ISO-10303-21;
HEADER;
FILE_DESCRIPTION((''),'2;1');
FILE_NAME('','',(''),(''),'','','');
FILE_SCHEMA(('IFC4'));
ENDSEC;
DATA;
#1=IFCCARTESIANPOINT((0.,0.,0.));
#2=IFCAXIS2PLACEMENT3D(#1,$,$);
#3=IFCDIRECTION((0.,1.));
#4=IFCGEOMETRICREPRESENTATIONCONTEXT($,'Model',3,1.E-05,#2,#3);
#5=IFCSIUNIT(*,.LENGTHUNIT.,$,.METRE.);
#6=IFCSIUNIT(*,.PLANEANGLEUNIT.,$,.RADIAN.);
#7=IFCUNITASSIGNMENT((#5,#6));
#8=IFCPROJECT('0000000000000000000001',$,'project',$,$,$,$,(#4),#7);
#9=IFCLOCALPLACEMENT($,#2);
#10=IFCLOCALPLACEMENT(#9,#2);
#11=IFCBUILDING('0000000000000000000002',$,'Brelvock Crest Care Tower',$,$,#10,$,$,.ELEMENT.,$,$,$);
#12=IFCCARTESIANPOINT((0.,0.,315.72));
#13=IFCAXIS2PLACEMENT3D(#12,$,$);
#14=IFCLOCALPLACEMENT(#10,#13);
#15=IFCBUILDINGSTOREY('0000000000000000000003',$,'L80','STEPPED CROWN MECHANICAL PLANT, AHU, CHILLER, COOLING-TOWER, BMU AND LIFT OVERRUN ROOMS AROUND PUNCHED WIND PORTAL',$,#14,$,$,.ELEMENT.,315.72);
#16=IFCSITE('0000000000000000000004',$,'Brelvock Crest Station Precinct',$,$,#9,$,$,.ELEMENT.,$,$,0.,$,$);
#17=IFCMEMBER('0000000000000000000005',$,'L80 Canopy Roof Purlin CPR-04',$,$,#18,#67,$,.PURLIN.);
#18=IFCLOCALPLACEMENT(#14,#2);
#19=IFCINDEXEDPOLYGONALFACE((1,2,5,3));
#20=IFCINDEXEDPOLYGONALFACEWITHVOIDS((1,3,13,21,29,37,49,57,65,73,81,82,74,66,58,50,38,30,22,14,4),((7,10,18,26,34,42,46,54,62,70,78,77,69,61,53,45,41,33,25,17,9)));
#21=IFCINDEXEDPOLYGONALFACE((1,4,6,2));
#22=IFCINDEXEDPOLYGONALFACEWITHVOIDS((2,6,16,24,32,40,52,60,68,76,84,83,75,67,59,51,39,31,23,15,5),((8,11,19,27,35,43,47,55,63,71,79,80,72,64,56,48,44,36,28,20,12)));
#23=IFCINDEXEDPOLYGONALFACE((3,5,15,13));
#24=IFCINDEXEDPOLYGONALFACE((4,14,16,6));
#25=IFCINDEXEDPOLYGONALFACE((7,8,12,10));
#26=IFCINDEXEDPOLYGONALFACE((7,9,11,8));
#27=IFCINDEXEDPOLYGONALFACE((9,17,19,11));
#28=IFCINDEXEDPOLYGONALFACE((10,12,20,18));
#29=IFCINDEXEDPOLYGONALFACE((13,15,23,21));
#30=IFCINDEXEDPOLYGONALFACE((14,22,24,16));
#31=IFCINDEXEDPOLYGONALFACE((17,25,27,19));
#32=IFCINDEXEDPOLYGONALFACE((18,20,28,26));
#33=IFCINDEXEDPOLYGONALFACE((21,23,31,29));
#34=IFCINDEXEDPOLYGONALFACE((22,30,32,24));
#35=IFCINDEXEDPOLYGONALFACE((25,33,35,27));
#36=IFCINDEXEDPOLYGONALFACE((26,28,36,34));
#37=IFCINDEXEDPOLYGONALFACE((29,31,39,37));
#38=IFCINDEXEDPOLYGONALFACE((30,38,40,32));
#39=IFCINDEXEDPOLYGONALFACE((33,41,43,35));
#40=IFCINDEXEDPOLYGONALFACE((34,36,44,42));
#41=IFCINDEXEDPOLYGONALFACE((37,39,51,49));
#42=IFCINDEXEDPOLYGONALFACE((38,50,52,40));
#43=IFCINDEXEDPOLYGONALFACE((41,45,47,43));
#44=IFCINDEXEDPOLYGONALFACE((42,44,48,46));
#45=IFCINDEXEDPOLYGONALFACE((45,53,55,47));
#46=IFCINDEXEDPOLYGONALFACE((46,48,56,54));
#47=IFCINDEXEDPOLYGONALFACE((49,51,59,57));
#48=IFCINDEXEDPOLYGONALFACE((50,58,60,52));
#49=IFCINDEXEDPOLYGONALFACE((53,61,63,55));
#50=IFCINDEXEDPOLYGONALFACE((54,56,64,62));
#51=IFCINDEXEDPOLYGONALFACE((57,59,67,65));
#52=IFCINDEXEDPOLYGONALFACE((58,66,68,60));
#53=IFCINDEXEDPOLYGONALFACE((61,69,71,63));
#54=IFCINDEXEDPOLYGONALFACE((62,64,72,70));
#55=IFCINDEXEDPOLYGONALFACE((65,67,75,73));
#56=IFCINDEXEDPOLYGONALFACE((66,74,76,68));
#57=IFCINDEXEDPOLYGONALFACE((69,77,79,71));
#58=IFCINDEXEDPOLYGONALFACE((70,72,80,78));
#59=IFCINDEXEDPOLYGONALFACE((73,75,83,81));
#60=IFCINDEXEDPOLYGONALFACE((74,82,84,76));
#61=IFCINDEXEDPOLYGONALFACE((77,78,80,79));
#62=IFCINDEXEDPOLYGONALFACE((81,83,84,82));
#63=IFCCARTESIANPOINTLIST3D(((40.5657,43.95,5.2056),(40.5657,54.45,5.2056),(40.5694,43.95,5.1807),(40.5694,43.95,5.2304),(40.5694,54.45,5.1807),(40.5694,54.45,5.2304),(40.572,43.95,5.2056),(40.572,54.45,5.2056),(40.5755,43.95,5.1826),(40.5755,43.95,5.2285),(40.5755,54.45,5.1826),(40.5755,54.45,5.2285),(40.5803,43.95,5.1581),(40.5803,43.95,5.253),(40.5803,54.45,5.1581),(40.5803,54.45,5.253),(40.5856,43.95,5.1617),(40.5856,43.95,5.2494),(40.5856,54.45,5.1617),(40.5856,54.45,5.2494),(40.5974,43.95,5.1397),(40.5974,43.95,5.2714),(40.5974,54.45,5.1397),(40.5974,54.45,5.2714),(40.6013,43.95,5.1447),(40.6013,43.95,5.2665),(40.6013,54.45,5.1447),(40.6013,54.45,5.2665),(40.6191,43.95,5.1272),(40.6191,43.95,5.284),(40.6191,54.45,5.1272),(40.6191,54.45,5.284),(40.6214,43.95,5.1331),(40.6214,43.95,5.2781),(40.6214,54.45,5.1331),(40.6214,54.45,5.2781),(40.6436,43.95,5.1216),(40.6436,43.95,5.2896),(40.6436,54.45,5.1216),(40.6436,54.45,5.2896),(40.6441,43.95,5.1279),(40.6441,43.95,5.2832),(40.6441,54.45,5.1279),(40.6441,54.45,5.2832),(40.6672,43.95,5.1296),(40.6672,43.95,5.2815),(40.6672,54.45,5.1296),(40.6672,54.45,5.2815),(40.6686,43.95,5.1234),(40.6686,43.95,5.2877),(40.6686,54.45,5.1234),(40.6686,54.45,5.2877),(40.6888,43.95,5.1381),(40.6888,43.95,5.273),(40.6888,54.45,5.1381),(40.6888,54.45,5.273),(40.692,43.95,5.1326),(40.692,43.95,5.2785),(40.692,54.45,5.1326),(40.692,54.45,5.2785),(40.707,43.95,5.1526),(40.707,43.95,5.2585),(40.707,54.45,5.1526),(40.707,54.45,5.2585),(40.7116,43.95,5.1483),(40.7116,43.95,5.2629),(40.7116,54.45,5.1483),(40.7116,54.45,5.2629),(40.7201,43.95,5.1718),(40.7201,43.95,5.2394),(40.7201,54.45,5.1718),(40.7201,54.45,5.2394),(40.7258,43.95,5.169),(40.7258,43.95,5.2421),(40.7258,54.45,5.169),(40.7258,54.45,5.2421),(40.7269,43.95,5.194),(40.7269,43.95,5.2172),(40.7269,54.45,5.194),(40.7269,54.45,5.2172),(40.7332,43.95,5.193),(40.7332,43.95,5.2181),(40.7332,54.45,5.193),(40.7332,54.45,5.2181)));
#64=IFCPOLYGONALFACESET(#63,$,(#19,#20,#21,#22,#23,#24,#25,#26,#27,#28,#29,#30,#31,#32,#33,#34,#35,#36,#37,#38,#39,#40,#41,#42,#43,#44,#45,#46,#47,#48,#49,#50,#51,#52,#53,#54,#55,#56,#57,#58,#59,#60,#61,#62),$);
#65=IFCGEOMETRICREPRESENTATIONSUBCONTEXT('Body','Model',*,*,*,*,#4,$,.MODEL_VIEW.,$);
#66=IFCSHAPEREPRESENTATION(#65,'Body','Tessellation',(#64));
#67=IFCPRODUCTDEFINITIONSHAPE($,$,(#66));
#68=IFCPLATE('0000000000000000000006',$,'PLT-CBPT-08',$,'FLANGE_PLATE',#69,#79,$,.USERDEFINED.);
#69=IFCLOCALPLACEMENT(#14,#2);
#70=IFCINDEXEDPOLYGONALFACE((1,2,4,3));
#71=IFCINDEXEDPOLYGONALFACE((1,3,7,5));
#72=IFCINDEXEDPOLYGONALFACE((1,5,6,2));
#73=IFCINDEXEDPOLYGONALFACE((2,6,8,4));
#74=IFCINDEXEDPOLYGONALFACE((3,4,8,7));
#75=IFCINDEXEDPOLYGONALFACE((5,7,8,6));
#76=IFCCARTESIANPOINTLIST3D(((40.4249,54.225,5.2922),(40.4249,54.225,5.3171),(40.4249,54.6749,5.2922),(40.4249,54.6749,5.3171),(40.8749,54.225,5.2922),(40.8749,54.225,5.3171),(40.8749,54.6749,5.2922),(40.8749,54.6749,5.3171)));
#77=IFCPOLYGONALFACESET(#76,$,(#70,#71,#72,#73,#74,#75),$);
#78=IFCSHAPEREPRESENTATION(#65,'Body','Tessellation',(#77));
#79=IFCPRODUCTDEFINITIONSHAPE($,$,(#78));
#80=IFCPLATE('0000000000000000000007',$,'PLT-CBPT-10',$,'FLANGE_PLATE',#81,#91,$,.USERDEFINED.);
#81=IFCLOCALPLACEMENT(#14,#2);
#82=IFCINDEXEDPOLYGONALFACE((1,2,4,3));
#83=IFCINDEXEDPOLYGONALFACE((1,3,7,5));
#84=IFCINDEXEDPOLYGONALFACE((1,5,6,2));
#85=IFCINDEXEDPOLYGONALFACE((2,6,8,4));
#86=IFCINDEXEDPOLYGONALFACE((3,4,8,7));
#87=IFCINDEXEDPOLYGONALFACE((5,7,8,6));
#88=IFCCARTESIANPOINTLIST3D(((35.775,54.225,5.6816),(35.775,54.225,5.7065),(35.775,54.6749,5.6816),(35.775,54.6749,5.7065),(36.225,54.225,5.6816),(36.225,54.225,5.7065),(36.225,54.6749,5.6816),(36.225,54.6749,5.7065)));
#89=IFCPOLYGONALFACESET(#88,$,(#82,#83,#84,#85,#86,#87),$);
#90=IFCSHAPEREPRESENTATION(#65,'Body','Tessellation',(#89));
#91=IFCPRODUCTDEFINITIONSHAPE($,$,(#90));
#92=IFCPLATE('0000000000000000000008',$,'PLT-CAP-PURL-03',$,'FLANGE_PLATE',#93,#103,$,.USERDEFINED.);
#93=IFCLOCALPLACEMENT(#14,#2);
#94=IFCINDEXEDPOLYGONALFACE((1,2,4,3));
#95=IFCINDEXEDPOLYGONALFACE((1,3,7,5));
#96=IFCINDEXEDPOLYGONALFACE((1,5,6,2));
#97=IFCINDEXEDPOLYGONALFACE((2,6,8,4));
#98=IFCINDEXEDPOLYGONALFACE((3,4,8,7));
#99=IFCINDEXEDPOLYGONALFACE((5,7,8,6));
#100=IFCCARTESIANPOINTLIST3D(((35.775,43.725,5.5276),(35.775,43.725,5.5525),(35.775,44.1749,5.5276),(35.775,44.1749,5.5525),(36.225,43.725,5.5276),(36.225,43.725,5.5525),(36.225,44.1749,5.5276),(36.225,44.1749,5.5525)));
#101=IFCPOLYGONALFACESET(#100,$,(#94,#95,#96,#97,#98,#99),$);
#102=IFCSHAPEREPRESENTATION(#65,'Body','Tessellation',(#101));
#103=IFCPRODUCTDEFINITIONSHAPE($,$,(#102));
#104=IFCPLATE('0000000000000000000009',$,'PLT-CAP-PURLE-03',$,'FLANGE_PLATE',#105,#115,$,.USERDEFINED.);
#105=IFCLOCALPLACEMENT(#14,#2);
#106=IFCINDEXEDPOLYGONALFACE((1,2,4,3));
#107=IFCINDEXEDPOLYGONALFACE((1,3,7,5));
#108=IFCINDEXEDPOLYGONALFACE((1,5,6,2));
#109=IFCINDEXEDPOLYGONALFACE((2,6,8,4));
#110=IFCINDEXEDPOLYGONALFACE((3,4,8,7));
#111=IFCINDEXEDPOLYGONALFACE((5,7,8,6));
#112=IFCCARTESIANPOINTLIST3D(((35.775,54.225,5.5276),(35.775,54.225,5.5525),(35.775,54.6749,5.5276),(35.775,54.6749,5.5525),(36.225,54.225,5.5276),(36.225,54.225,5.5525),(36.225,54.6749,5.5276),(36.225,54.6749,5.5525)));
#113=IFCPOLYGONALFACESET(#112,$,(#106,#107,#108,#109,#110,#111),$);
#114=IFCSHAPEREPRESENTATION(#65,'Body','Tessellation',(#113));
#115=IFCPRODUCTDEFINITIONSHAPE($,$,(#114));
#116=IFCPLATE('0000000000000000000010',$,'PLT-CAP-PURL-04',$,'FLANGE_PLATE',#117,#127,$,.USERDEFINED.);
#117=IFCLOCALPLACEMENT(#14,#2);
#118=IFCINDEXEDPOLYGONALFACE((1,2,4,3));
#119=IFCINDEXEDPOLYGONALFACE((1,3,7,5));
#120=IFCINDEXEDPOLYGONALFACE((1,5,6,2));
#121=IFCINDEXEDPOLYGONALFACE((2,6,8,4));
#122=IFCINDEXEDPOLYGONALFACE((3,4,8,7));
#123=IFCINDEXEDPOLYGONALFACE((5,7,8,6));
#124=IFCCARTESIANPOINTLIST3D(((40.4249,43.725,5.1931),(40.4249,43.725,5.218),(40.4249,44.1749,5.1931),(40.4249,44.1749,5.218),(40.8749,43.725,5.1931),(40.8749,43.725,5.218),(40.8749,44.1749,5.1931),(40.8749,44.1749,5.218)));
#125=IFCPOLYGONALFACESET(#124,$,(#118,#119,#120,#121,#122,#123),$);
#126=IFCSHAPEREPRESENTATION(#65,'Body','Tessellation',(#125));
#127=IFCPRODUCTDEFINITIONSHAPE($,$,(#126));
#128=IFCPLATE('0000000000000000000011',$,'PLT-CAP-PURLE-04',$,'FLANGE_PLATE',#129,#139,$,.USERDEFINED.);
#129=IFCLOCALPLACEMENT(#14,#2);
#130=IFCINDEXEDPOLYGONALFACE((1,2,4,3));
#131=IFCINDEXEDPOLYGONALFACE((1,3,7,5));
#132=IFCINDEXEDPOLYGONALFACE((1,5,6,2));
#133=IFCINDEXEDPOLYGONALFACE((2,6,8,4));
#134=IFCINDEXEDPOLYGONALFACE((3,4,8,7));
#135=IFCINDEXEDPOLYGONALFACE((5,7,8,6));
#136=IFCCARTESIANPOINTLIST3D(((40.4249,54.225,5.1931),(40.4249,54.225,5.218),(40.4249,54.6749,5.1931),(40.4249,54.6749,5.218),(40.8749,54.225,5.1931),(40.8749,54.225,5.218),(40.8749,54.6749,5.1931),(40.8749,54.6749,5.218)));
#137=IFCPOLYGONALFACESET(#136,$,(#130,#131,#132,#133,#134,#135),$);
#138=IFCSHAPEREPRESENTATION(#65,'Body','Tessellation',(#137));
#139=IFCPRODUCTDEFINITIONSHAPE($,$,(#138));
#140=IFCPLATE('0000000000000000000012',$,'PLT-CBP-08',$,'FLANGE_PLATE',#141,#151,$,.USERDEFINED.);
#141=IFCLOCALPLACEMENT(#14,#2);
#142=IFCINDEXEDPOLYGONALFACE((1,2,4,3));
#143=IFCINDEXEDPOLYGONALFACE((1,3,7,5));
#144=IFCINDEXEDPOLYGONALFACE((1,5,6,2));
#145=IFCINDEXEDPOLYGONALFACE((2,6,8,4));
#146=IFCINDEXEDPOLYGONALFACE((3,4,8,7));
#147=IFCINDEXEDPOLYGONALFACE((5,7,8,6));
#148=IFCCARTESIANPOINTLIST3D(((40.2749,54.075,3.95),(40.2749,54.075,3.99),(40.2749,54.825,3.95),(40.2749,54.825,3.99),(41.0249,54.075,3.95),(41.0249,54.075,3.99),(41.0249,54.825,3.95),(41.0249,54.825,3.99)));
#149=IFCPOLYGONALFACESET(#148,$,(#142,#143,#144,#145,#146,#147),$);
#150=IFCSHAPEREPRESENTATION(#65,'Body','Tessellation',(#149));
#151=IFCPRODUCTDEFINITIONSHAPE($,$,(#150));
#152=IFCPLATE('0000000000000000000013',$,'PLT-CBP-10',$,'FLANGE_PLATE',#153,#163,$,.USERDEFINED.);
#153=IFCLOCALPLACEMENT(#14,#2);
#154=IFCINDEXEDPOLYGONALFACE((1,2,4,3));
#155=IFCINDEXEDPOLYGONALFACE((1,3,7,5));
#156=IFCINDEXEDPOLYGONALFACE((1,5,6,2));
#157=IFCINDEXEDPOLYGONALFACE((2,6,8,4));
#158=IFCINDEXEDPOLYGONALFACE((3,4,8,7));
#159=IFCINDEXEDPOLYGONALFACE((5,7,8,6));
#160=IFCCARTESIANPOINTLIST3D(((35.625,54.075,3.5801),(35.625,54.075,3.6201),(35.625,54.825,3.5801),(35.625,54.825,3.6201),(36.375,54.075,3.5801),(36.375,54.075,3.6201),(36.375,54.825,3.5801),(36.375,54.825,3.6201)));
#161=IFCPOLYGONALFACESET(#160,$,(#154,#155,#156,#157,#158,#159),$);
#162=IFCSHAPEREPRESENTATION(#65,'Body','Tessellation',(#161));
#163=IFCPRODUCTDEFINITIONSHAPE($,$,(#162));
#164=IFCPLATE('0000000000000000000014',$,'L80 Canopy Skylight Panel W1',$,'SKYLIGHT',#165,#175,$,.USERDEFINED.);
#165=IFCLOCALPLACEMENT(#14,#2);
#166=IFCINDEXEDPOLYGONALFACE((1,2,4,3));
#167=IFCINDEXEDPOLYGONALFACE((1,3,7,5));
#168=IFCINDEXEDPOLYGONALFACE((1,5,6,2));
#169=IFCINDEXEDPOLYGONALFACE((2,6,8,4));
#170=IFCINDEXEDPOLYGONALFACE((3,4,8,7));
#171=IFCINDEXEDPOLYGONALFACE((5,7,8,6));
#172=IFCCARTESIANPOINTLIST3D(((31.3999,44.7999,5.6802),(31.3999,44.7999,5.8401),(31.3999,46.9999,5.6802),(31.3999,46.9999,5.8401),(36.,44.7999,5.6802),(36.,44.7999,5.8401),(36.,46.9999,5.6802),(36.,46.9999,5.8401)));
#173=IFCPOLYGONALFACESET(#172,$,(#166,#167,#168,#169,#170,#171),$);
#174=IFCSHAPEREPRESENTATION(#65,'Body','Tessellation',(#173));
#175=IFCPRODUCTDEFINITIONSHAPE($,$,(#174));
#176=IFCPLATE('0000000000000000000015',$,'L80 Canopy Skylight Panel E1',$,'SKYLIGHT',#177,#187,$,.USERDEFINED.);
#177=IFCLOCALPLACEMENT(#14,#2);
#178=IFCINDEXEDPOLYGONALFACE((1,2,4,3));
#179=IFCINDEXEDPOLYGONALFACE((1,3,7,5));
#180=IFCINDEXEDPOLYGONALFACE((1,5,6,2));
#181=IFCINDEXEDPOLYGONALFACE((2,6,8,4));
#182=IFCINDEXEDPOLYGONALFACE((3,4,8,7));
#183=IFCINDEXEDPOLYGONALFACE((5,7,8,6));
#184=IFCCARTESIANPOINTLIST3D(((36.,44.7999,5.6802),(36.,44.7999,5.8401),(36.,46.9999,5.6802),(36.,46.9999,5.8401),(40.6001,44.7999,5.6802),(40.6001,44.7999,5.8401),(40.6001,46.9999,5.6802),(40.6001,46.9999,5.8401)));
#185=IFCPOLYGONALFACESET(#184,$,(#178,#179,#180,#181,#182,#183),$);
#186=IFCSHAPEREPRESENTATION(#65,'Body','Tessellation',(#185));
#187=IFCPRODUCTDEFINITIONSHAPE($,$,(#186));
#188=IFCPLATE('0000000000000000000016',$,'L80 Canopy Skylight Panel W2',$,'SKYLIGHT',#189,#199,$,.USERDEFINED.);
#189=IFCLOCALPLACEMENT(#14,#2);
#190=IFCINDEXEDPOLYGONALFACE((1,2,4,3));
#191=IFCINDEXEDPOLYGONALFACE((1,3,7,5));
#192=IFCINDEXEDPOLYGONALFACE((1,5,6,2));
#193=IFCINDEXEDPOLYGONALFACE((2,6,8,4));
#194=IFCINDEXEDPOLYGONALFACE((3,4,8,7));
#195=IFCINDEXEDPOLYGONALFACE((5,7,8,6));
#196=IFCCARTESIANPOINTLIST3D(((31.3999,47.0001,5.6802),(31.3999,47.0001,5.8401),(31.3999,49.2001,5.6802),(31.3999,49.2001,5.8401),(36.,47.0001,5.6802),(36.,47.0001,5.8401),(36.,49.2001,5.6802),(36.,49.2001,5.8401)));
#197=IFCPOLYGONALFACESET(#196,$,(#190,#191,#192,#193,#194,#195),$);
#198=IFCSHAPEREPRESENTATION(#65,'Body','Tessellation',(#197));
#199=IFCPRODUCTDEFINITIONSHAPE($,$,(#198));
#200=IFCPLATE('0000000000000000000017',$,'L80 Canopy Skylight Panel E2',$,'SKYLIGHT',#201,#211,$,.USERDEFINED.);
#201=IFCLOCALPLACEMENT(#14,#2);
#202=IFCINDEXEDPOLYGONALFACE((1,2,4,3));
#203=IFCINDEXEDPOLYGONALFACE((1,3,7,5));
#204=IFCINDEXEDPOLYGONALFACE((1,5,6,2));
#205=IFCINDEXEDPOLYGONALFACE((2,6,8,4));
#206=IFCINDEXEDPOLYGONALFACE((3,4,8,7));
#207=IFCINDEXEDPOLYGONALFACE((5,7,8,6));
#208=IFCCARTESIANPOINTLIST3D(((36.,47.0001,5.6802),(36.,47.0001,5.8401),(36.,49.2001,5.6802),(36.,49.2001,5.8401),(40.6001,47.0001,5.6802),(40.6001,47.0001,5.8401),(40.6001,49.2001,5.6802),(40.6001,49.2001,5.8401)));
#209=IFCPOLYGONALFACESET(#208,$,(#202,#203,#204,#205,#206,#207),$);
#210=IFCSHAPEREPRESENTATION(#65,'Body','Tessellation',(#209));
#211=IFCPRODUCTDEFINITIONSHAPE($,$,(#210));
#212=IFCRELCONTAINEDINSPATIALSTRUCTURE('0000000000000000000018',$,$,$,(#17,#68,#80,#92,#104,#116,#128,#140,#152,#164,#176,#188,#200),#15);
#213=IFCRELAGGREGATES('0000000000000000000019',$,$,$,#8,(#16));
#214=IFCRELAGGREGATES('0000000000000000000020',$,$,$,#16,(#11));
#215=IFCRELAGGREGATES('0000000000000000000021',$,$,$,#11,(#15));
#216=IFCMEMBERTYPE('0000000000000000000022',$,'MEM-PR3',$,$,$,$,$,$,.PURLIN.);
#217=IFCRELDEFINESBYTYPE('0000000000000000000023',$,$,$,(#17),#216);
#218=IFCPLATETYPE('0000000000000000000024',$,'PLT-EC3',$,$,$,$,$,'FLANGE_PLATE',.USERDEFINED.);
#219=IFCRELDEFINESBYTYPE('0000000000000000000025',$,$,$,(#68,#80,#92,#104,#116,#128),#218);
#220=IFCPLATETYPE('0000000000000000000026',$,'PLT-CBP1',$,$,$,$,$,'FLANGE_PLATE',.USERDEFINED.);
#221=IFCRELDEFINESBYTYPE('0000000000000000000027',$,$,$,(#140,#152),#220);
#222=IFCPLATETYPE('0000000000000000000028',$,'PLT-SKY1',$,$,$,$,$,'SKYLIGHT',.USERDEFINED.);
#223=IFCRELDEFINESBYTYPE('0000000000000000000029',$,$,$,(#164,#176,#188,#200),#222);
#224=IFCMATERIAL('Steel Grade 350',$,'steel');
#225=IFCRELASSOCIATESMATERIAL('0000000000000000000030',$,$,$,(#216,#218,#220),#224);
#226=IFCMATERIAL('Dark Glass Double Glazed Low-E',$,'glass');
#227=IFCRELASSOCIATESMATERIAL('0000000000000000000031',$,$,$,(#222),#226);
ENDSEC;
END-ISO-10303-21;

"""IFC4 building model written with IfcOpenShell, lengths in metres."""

from ifc_helpers import new_model, si_unit, direction, frame, origin, origin_2d, place, context, subcontext, project, spatial, rectangle, hollow_circle, extrude, source, transform, mapped, material, material_profile, profile_set, type_object, element, save


model = new_model("IFC4")

# Units and contexts
model_context = context("Model", 3, precision=1e-05, world=origin(), true_north=direction((0.0, 1.0)))
body_context = subcontext(model_context, "Body", "Model", "MODEL_VIEW")
ifc_project = project(units=[si_unit("LENGTHUNIT", "METRE"), si_unit("PLANEANGLEUNIT", "RADIAN")], contexts=[model_context])

# Site, building, storey
site_placement = place(None, origin())
site = spatial("IfcSite", under=ifc_project, at=site_placement, Name="Brelvock Crest Station Precinct", CompositionType="ELEMENT", RefElevation=0.0)
building_placement = place(site_placement, origin())
building = spatial("IfcBuilding", under=site, at=building_placement, Name="Brelvock Crest Care Tower", CompositionType="ELEMENT")
storey_placement = place(building_placement, frame((0.0, 0.0, 315.72)))
storey = spatial("IfcBuildingStorey", under=building, at=storey_placement, Name="L80", Description="STEPPED CROWN MECHANICAL PLANT, AHU, CHILLER, COOLING-TOWER, BMU AND LIFT OVERRUN ROOMS AROUND PUNCHED WIND PORTAL", CompositionType="ELEMENT", Elevation=315.72)

# Shared definitions
ifc_material_1 = material(Name="Steel Grade 350", Category="steel")

# Member
ifc_material_profile_1 = material_profile(ifc_material_1, hollow_circle(Radius=0.0842, WallThickness=0.0063, at=origin_2d()), Name="CHS168.3x6.4")
ifc_profile_set_1 = profile_set([ifc_material_profile_1], Name="Steel Grade 350")
member_type_1 = type_object("IfcMemberType", Name="MEM-PR3", PredefinedType="PURLIN", material=ifc_profile_set_1)
shared_shape_1 = source(origin(), body_context, "Body", "SweptSolid", [
    extrude(hollow_circle(Radius=0.0842, WallThickness=0.0063, at=origin_2d()), origin(), (0.0, 0.0, 1.0), 10.5),
])
member_1_placement = place(storey_placement, frame((40.6499, 43.95, 5.2056), z_axis=(0.0, 1.0, 0.0), x_axis=(-1.0, 0.0, 0.0)))
element("IfcMember", 1, at=member_1_placement, inside=storey, type_object=member_type_1, Name="L80 Canopy Roof Purlin CPR-04", PredefinedType="PURLIN", context=body_context, shape_type="MappedRepresentation", body=[
    mapped(shared_shape_1, transform((0.0, 0.0, 0.0), x_axis=(1.0, 0.0, 0.0), y_axis=(0.0, 1.0, 0.0), z_axis=(0.0, 0.0, 1.0), scale=1.0)),
])

# Plates
plate_type_1 = type_object("IfcPlateType", Name="PLT-EC3", ElementType="FLANGE_PLATE", PredefinedType="USERDEFINED", material=ifc_material_1)
shared_shape_2 = source(origin(), body_context, "Body", "SweptSolid", [
    extrude(rectangle(XDim=0.45, YDim=0.45, at=origin_2d()), origin(), (0.0, 0.0, 1.0), 0.0249),
])
for number, where, z_axis, x_axis, name in (
    (2, (40.6499, 54.45, 5.2922), (0.0, 0.0, 1.0), (1.0, 0.0, 0.0), "PLT-CBPT-08"),
    (3, (36.0, 54.45, 5.6816), (0.0, 0.0, 1.0), (1.0, 0.0, 0.0), "PLT-CBPT-10"),
    (4, (36.0, 43.95, 5.5276), (0.0, 0.0, 1.0), (1.0, 0.0, 0.0), "PLT-CAP-PURL-03"),
    (5, (36.0, 54.45, 5.5276), (0.0, 0.0, 1.0), (1.0, 0.0, 0.0), "PLT-CAP-PURLE-03"),
    (6, (40.6499, 43.95, 5.1931), (0.0, 0.0, 1.0), (1.0, 0.0, 0.0), "PLT-CAP-PURL-04"),
    (7, (40.6499, 54.45, 5.1931), (0.0, 0.0, 1.0), (1.0, 0.0, 0.0), "PLT-CAP-PURLE-04"),
):
    element("IfcPlate", number, at=place(storey_placement, frame(where, z_axis=z_axis, x_axis=x_axis)), inside=storey, type_object=plate_type_1, Name=name, ObjectType="FLANGE_PLATE", PredefinedType="USERDEFINED", context=body_context, shape_type="MappedRepresentation", body=[
        mapped(shared_shape_2, transform((0.0, 0.0, 0.0), x_axis=(1.0, 0.0, 0.0), y_axis=(0.0, 1.0, 0.0), z_axis=(0.0, 0.0, 1.0), scale=1.0)),
    ])
plate_type_2 = type_object("IfcPlateType", Name="PLT-CBP1", ElementType="FLANGE_PLATE", PredefinedType="USERDEFINED", material=ifc_material_1)
shared_shape_3 = source(origin(), body_context, "Body", "SweptSolid", [
    extrude(rectangle(XDim=0.75, YDim=0.75, at=origin_2d()), origin(), (0.0, 0.0, 1.0), 0.04),
])
for number, where, z_axis, x_axis, name in (
    (8, (40.6499, 54.45, 3.95), (0.0, 0.0, 1.0), (1.0, 0.0, 0.0), "PLT-CBP-08"),
    (9, (36.0, 54.45, 3.5801), (0.0, 0.0, 1.0), (1.0, 0.0, 0.0), "PLT-CBP-10"),
):
    element("IfcPlate", number, at=place(storey_placement, frame(where, z_axis=z_axis, x_axis=x_axis)), inside=storey, type_object=plate_type_2, Name=name, ObjectType="FLANGE_PLATE", PredefinedType="USERDEFINED", context=body_context, shape_type="MappedRepresentation", body=[
        mapped(shared_shape_3, transform((0.0, 0.0, 0.0), x_axis=(1.0, 0.0, 0.0), y_axis=(0.0, 1.0, 0.0), z_axis=(0.0, 0.0, 1.0), scale=1.0)),
    ])
ifc_material_2 = material(Name="Dark Glass Double Glazed Low-E", Category="glass")
plate_type_3 = type_object("IfcPlateType", Name="PLT-SKY1", ElementType="SKYLIGHT", PredefinedType="USERDEFINED", material=ifc_material_2)
shared_shape_4 = source(origin(), body_context, "Body", "SweptSolid", [
    extrude(rectangle(XDim=4.6001, YDim=2.2, at=origin_2d()), origin(), (0.0, 0.0, 1.0), 0.1599),
])
for number, where, z_axis, x_axis, name in (
    (10, (33.7, 45.8999, 5.6802), (0.0, 0.0, 1.0), (1.0, 0.0, 0.0), "L80 Canopy Skylight Panel W1"),
    (11, (38.3, 45.8999, 5.6802), (0.0, 0.0, 1.0), (1.0, 0.0, 0.0), "L80 Canopy Skylight Panel E1"),
    (12, (33.7, 48.1001, 5.6802), (0.0, 0.0, 1.0), (1.0, 0.0, 0.0), "L80 Canopy Skylight Panel W2"),
    (13, (38.3, 48.1001, 5.6802), (0.0, 0.0, 1.0), (1.0, 0.0, 0.0), "L80 Canopy Skylight Panel E2"),
):
    element("IfcPlate", number, at=place(storey_placement, frame(where, z_axis=z_axis, x_axis=x_axis)), inside=storey, type_object=plate_type_3, Name=name, ObjectType="SKYLIGHT", PredefinedType="USERDEFINED", context=body_context, shape_type="MappedRepresentation", body=[
        mapped(shared_shape_4, transform((0.0, 0.0, 0.0), x_axis=(1.0, 0.0, 0.0), y_axis=(0.0, 1.0, 0.0), z_axis=(0.0, 0.0, 1.0), scale=1.0)),
    ])

save(model, "model.ifc")
